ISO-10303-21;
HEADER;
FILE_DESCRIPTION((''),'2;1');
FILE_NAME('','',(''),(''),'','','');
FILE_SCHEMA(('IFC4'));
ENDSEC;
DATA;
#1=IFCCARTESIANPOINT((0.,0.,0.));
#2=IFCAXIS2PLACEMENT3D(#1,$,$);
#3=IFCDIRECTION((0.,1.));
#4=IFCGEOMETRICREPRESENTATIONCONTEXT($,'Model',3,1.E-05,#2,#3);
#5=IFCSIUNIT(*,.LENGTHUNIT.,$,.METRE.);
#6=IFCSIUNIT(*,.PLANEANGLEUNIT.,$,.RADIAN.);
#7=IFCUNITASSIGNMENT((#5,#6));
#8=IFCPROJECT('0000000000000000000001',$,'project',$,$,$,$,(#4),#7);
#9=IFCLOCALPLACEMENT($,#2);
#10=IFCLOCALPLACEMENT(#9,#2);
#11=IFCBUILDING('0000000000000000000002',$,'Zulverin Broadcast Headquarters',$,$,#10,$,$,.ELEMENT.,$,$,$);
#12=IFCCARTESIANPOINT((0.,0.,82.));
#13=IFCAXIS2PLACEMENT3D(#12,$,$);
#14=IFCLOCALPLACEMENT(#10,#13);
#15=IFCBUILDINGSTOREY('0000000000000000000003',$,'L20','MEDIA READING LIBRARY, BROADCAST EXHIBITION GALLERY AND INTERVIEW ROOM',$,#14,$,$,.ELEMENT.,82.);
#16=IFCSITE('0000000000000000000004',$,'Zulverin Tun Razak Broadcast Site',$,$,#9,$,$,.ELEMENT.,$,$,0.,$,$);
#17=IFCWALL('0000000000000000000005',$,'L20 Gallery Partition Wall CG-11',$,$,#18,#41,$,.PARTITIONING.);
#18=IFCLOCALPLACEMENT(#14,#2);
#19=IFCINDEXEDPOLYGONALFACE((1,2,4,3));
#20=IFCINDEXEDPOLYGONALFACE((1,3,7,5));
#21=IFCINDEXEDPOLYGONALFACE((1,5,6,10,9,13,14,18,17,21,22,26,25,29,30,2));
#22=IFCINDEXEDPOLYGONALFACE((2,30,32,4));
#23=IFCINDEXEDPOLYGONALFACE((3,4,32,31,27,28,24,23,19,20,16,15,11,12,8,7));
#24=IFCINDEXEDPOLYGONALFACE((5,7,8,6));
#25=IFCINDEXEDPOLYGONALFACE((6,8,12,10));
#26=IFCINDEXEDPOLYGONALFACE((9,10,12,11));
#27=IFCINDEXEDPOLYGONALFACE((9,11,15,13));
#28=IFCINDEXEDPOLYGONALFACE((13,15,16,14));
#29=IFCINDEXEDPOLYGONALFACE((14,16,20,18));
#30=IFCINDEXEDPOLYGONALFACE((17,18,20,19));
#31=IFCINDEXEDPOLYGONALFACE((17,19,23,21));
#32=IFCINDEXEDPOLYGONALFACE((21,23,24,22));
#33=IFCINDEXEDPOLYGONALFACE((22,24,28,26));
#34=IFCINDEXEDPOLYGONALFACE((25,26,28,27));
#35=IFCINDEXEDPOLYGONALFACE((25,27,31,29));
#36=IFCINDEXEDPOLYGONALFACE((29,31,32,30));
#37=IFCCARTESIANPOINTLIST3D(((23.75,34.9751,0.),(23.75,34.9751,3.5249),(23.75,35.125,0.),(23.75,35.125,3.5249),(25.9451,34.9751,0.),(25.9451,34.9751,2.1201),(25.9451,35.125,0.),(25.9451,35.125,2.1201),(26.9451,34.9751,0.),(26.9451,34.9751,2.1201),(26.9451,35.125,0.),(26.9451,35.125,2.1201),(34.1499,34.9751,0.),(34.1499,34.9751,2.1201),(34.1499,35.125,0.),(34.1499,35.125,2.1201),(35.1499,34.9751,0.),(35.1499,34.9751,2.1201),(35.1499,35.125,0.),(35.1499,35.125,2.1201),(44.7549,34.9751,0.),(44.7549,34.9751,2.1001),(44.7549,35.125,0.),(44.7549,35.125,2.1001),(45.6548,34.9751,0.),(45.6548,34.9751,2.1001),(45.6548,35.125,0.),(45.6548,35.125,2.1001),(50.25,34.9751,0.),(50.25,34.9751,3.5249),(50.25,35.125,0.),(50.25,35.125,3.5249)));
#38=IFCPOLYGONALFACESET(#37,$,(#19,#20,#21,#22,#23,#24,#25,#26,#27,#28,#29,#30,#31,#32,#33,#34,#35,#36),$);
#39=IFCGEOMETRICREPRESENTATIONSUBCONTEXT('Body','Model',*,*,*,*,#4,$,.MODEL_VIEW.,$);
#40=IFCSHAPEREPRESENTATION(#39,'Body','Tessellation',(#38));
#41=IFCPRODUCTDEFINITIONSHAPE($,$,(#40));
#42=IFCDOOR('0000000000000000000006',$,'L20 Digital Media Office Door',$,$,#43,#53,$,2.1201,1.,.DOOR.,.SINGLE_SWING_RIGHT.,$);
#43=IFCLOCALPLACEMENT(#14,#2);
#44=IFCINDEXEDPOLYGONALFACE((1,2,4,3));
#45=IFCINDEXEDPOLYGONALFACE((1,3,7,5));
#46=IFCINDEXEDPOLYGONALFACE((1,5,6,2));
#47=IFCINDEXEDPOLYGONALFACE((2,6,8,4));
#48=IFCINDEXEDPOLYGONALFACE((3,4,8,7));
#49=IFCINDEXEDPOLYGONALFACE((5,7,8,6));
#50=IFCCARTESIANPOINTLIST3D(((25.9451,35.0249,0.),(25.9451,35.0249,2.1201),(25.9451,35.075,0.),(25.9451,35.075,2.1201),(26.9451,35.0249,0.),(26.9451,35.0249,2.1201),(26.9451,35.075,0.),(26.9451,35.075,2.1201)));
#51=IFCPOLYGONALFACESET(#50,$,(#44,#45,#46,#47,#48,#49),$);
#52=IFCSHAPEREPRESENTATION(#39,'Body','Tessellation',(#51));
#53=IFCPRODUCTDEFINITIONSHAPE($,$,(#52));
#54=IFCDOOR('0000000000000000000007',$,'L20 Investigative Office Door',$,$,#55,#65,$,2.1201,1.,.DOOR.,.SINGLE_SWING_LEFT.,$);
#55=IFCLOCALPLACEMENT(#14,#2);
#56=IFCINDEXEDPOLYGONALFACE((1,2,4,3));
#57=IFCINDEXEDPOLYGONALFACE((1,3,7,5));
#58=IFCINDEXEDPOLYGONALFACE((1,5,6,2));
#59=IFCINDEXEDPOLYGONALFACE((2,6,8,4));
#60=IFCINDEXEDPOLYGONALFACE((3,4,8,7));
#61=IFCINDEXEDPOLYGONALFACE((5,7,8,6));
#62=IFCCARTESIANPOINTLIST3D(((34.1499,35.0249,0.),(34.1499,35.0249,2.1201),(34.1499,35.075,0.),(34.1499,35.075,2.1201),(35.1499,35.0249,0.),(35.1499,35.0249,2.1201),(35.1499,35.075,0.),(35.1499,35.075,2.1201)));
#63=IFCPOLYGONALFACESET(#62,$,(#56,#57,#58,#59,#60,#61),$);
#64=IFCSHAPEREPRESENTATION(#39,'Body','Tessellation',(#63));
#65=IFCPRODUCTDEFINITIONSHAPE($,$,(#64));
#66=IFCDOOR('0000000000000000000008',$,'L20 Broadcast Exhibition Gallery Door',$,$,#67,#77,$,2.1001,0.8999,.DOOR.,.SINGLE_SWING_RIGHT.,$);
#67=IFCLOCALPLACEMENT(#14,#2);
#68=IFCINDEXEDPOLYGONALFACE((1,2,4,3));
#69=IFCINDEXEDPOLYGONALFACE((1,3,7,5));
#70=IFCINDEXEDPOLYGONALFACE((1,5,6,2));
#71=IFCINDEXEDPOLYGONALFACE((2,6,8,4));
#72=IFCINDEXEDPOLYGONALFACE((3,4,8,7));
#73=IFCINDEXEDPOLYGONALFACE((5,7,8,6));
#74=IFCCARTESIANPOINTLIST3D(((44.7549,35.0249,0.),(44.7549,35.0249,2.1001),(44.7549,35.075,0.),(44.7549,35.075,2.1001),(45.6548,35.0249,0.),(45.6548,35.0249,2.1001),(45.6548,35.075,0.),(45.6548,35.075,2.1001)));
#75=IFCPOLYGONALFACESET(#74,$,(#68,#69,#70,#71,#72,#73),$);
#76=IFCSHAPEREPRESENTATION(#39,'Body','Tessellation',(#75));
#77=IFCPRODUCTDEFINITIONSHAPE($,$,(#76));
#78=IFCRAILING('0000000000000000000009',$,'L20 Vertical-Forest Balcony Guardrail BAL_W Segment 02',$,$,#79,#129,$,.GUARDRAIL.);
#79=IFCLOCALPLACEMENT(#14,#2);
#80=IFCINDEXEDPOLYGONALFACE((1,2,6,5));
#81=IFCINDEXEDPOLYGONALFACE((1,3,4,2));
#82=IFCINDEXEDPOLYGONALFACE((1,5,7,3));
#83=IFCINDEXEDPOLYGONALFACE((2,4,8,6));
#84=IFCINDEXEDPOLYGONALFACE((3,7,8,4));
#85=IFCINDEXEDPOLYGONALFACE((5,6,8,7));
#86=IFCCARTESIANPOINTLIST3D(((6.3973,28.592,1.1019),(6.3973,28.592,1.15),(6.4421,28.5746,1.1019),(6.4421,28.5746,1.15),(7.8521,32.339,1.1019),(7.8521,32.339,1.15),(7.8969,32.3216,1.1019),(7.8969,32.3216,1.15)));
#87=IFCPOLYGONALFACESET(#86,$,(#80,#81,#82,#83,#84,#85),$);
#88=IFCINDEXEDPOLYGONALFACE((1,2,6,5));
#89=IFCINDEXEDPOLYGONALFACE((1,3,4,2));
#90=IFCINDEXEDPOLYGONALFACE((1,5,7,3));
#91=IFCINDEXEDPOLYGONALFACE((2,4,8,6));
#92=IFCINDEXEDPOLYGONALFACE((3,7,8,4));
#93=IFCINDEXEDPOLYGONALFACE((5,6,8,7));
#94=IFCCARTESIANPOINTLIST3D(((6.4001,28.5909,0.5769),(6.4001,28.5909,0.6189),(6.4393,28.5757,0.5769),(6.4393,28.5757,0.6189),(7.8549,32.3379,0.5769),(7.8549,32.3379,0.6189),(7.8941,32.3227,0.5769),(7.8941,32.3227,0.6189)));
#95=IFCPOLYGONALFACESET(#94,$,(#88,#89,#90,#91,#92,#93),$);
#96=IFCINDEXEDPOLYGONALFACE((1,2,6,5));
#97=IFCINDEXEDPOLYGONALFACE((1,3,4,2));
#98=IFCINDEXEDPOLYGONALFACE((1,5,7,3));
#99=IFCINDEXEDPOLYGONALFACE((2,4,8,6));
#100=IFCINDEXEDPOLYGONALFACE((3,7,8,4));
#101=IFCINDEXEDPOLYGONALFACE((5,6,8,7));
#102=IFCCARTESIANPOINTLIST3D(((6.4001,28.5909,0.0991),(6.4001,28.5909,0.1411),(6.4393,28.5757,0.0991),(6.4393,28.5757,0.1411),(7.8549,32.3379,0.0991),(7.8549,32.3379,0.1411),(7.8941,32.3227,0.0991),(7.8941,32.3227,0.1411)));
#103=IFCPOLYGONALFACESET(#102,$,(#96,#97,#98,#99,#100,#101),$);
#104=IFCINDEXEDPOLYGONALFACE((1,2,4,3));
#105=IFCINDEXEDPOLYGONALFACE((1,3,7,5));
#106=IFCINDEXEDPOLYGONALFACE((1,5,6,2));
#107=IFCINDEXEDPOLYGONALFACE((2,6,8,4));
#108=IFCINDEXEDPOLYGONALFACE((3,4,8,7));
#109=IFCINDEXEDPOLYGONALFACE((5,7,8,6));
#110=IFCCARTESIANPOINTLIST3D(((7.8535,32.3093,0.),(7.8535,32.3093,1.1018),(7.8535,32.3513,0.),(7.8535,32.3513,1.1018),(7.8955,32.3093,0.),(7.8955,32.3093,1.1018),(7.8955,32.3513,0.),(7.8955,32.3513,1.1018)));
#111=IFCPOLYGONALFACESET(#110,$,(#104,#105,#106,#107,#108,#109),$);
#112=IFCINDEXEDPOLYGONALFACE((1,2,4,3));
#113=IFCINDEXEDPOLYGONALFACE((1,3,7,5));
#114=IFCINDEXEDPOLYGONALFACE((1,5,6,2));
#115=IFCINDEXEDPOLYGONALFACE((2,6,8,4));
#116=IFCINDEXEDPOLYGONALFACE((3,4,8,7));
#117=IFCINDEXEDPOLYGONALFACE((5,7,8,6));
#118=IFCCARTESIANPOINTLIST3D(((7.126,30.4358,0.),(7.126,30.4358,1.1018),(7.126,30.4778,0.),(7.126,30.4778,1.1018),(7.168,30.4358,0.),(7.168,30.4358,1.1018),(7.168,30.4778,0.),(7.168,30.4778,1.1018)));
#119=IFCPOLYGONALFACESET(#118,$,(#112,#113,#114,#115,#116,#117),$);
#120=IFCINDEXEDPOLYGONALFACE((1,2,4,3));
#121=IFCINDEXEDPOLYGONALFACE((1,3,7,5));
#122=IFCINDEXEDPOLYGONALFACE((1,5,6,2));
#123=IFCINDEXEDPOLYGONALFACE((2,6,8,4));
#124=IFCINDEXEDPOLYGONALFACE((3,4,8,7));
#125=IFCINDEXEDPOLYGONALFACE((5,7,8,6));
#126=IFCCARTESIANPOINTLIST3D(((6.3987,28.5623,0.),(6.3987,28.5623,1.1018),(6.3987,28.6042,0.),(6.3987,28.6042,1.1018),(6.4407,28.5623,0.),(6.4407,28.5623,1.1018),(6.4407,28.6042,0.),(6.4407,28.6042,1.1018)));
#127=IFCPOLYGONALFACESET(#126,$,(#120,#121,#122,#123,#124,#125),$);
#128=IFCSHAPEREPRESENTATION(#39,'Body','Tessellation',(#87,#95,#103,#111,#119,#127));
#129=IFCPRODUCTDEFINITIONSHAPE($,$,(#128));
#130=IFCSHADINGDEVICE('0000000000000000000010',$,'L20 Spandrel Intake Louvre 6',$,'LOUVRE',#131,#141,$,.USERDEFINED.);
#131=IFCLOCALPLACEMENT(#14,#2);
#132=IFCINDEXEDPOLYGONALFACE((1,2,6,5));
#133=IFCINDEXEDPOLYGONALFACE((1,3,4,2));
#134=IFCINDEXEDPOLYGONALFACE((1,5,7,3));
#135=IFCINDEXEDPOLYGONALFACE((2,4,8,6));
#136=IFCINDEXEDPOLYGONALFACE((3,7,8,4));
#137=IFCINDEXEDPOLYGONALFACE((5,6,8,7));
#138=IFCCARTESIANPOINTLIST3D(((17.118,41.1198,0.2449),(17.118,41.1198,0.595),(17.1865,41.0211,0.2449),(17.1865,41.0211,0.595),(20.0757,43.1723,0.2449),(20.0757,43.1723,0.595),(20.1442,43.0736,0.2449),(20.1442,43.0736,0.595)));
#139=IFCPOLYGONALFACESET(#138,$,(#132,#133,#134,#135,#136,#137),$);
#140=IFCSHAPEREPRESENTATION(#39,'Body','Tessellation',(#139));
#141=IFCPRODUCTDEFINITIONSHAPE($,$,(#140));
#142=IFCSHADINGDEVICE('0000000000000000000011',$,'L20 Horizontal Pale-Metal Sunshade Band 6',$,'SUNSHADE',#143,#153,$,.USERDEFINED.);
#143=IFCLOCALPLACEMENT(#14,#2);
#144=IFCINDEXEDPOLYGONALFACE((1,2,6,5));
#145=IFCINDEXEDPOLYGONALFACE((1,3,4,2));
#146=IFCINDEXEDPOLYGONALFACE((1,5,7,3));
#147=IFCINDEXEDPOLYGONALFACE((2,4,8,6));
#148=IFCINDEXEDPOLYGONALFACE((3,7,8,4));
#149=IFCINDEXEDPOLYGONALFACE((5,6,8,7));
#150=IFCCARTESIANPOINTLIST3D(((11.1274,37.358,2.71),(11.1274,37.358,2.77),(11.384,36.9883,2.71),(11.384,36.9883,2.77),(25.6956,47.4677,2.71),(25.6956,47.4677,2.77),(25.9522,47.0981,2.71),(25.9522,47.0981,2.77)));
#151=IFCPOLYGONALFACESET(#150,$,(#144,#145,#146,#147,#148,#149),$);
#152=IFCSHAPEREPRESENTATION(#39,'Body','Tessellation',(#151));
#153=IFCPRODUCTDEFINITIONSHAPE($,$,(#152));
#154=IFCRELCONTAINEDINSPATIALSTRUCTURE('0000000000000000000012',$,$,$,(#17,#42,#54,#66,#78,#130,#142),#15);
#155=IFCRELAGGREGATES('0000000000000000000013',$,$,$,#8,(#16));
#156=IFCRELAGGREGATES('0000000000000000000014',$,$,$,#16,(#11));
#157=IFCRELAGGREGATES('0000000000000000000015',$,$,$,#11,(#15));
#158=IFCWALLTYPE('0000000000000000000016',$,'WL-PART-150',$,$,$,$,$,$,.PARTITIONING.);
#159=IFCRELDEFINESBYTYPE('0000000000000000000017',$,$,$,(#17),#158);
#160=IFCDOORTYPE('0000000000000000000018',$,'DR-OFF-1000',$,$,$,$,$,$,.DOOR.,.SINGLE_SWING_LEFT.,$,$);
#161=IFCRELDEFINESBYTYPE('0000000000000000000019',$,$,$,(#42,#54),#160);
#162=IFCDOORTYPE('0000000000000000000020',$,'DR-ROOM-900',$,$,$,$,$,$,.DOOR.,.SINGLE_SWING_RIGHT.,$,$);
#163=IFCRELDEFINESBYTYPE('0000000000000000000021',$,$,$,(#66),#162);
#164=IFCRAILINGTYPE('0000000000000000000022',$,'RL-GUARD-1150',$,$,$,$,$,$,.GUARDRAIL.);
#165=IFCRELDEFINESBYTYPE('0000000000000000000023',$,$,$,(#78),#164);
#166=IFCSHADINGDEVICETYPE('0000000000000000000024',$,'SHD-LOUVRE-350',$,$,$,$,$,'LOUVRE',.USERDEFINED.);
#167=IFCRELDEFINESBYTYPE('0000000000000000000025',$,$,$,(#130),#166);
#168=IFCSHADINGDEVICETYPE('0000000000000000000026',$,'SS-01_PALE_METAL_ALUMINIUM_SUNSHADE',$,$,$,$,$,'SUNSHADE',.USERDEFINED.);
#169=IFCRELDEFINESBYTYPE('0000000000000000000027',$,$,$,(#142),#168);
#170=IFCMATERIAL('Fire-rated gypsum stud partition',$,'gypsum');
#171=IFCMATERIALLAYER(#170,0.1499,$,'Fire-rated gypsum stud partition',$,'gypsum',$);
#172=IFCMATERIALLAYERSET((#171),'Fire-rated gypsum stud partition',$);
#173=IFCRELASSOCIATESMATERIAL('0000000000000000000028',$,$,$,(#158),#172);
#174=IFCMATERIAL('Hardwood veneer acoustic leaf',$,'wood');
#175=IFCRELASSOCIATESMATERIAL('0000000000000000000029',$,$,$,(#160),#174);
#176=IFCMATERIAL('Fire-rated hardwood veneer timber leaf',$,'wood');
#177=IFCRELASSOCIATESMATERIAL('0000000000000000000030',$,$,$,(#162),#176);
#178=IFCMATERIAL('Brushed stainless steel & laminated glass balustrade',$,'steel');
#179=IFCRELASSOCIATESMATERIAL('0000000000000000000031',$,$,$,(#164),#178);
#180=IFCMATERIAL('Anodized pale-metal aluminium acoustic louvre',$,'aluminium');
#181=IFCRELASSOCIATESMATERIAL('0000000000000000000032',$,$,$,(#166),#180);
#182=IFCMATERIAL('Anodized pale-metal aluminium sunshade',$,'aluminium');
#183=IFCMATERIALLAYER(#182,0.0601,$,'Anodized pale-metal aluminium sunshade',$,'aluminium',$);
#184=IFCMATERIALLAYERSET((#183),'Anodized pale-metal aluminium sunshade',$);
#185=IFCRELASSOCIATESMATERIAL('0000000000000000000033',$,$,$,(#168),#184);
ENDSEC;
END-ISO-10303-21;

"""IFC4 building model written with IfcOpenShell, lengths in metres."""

from ifc_helpers import new_model, si_unit, direction, frame, frame_2d, origin, origin_2d, place, context, subcontext, project, spatial, rectangle, extrude, material, layer, layer_set, type_object, element, fill, save


model = new_model("IFC4")

# Units and contexts
model_context = context("Model", 3, precision=1e-05, world=origin(), true_north=direction((0.0, 1.0)))
body_context = subcontext(model_context, "Body", "Model", "MODEL_VIEW")
ifc_project = project(units=[si_unit("LENGTHUNIT", "METRE"), si_unit("PLANEANGLEUNIT", "RADIAN")], contexts=[model_context])

# Site, building, storey
site_placement = place(None, origin())
site = spatial("IfcSite", under=ifc_project, at=site_placement, Name="Zulverin Tun Razak Broadcast Site", CompositionType="ELEMENT", RefElevation=0.0)
building_placement = place(site_placement, origin())
building = spatial("IfcBuilding", under=site, at=building_placement, Name="Zulverin Broadcast Headquarters", CompositionType="ELEMENT")
storey_placement = place(building_placement, frame((0.0, 0.0, 82.0)))
storey = spatial("IfcBuildingStorey", under=building, at=storey_placement, Name="L20", Description="MEDIA READING LIBRARY, BROADCAST EXHIBITION GALLERY AND INTERVIEW ROOM", CompositionType="ELEMENT", Elevation=82.0)

# Wall, openings, doors
ifc_material_1 = material(Name="Fire-rated gypsum stud partition", Category="gypsum")
ifc_layer_1 = layer(ifc_material_1, 0.1499, Name="Fire-rated gypsum stud partition", Category="gypsum")
ifc_layer_set_1 = layer_set([ifc_layer_1], Name="Fire-rated gypsum stud partition")
wall_type_1 = type_object("IfcWallType", Name="WL-PART-150", PredefinedType="PARTITIONING", material=ifc_layer_set_1)
wall_1_placement = place(storey_placement, frame((23.75, 35.05, 0.0), z_axis=(0.0, 0.0, 1.0), x_axis=(1.0, 0.0, 0.0)))
wall_1 = element("IfcWall", 1, at=wall_1_placement, inside=storey, type_object=wall_type_1, Name="L20 Gallery Partition Wall CG-11", PredefinedType="PARTITIONING", context=body_context, shape_type="SweptSolid", body=[
    extrude(rectangle(XDim=26.5, YDim=0.1499, at=frame_2d((13.25, 0.0))), origin(), (0.0, 0.0, 1.0), 3.5249),
])
opening_1_placement = place(wall_1_placement, frame((2.1951, 0.0, 0.0)))
opening_1 = element("IfcOpeningElement", 2, at=opening_1_placement, cuts=wall_1, PredefinedType="OPENING", context=body_context, shape_type="SweptSolid", body=[
    extrude(rectangle(XDim=1.0, YDim=2.1201, at=frame_2d((0.5, 1.0601))), frame((0.0, 0.085, 0.0), z_axis=(0.0, -1.0, 0.0), x_axis=(1.0, 0.0, 0.0)), (0.0, 0.0, 1.0), 0.1699),
])
opening_2_placement = place(wall_1_placement, frame((10.3999, 0.0, 0.0)))
opening_2 = element("IfcOpeningElement", 3, at=opening_2_placement, cuts=wall_1, PredefinedType="OPENING", context=body_context, shape_type="SweptSolid", body=[
    extrude(rectangle(XDim=1.0, YDim=2.1201, at=frame_2d((0.5, 1.0601))), frame((0.0, 0.085, 0.0), z_axis=(0.0, -1.0, 0.0), x_axis=(1.0, 0.0, 0.0)), (0.0, 0.0, 1.0), 0.1699),
])
opening_3_placement = place(wall_1_placement, frame((21.0049, 0.0, 0.0)))
opening_3 = element("IfcOpeningElement", 4, at=opening_3_placement, cuts=wall_1, PredefinedType="OPENING", context=body_context, shape_type="SweptSolid", body=[
    extrude(rectangle(XDim=0.8999, YDim=2.1001, at=frame_2d((0.45, 1.05))), frame((0.0, 0.085, 0.0), z_axis=(0.0, -1.0, 0.0), x_axis=(1.0, 0.0, 0.0)), (0.0, 0.0, 1.0), 0.1699),
])
ifc_material_2 = material(Name="Hardwood veneer acoustic leaf", Category="wood")
door_type_1 = type_object("IfcDoorType", Name="DR-OFF-1000", OperationType="SINGLE_SWING_LEFT", PredefinedType="DOOR", material=ifc_material_2)
door_1_placement = place(opening_1_placement, origin())
door_1 = element("IfcDoor", 5, at=door_1_placement, inside=storey, type_object=door_type_1, Name="L20 Digital Media Office Door", OperationType="SINGLE_SWING_RIGHT", OverallHeight=2.1201, OverallWidth=1.0, PredefinedType="DOOR", context=body_context, shape_type="SweptSolid", body=[
    extrude(rectangle(XDim=1.0, YDim=2.1201, at=frame_2d((0.5, 1.0601))), frame((0.0, 0.0249, 0.0), z_axis=(0.0, -1.0, 0.0), x_axis=(1.0, 0.0, 0.0)), (0.0, 0.0, 1.0), 0.05),
])
fill(opening_1, door_1)
door_2_placement = place(opening_2_placement, origin())
door_2 = element("IfcDoor", 6, at=door_2_placement, inside=storey, type_object=door_type_1, Name="L20 Investigative Office Door", OperationType="SINGLE_SWING_LEFT", OverallHeight=2.1201, OverallWidth=1.0, PredefinedType="DOOR", context=body_context, shape_type="SweptSolid", body=[
    extrude(rectangle(XDim=1.0, YDim=2.1201, at=frame_2d((0.5, 1.0601))), frame((0.0, 0.0249, 0.0), z_axis=(0.0, -1.0, 0.0), x_axis=(1.0, 0.0, 0.0)), (0.0, 0.0, 1.0), 0.05),
])
fill(opening_2, door_2)
ifc_material_3 = material(Name="Fire-rated hardwood veneer timber leaf", Category="wood")
door_type_2 = type_object("IfcDoorType", Name="DR-ROOM-900", OperationType="SINGLE_SWING_RIGHT", PredefinedType="DOOR", material=ifc_material_3)
door_3_placement = place(opening_3_placement, origin())
door_3 = element("IfcDoor", 7, at=door_3_placement, inside=storey, type_object=door_type_2, Name="L20 Broadcast Exhibition Gallery Door", OperationType="SINGLE_SWING_RIGHT", OverallHeight=2.1001, OverallWidth=0.8999, PredefinedType="DOOR", context=body_context, shape_type="SweptSolid", body=[
    extrude(rectangle(XDim=0.8999, YDim=2.1001, at=frame_2d((0.45, 1.05))), frame((0.0, 0.0249, 0.0), z_axis=(0.0, -1.0, 0.0), x_axis=(1.0, 0.0, 0.0)), (0.0, 0.0, 1.0), 0.05),
])
fill(opening_3, door_3)

# Railing
ifc_material_4 = material(Name="Brushed stainless steel & laminated glass balustrade", Category="steel")
railing_type = type_object("IfcRailingType", Name="RL-GUARD-1150", PredefinedType="GUARDRAIL", material=ifc_material_4)
railing_placement = place(storey_placement, frame((7.8745, 32.3303, 0.0)))
element("IfcRailing", 8, at=railing_placement, inside=storey, type_object=railing_type, Name="L20 Vertical-Forest Balcony Guardrail BAL_W Segment 02", PredefinedType="GUARDRAIL", context=body_context, shape_type="SweptSolid", body=[
    extrude(rectangle(XDim=0.0481, YDim=0.0481, at=origin_2d()), frame((0.0, 0.0, 1.126), z_axis=(-0.361936, -0.932203, 0.0), x_axis=(0.932203, -0.361936, 0.0)), (0.0, 0.0, 1.0), 4.0195),
    extrude(rectangle(XDim=0.042, YDim=0.042, at=origin_2d()), frame((0.0, 0.0, 0.5979), z_axis=(-0.361936, -0.932203, 0.0), x_axis=(0.932203, -0.361936, 0.0)), (0.0, 0.0, 1.0), 4.0195),
    extrude(rectangle(XDim=0.042, YDim=0.042, at=origin_2d()), frame((0.0, 0.0, 0.1201), z_axis=(-0.361936, -0.932203, 0.0), x_axis=(0.932203, -0.361936, 0.0)), (0.0, 0.0, 1.0), 4.0195),
    extrude(rectangle(XDim=0.042, YDim=0.042, at=origin_2d()), origin(), (0.0, 0.0, 1.0), 1.1018),
    extrude(rectangle(XDim=0.042, YDim=0.042, at=origin_2d()), frame((-0.7275, -1.8735, 0.0)), (0.0, 0.0, 1.0), 1.1018),
    extrude(rectangle(XDim=0.042, YDim=0.042, at=origin_2d()), frame((-1.4548, -3.7471, 0.0)), (0.0, 0.0, 1.0), 1.1018),
])

# Shading devices
ifc_material_5 = material(Name="Anodized pale-metal aluminium acoustic louvre", Category="aluminium")
shading_device_type_1 = type_object("IfcShadingDeviceType", Name="SHD-LOUVRE-350", ElementType="LOUVRE", PredefinedType="USERDEFINED", material=ifc_material_5)
shading_device_1_placement = place(storey_placement, frame((18.6311, 42.0967, 0.2449), z_axis=(0.0, 0.0, 1.0), x_axis=(-0.821556, -0.570127, 0.0)))
element("IfcShadingDevice", 9, at=shading_device_1_placement, inside=storey, type_object=shading_device_type_1, Name="L20 Spandrel Intake Louvre 6", ObjectType="LOUVRE", PredefinedType="USERDEFINED", context=body_context, shape_type="SweptSolid", body=[
    extrude(rectangle(XDim=3.6001, YDim=0.1201, at=origin_2d()), origin(), (0.0, 0.0, 1.0), 0.3501),
])
ifc_material_6 = material(Name="Anodized pale-metal aluminium sunshade", Category="aluminium")
ifc_layer_2 = layer(ifc_material_6, 0.0601, Name="Anodized pale-metal aluminium sunshade", Category="aluminium")
ifc_layer_set_2 = layer_set([ifc_layer_2], Name="Anodized pale-metal aluminium sunshade")
shading_device_type_2 = type_object("IfcShadingDeviceType", Name="SS-01_PALE_METAL_ALUMINIUM_SUNSHADE", ElementType="SUNSHADE", PredefinedType="USERDEFINED", material=ifc_layer_set_2)
shading_device_2_placement = place(storey_placement, frame((18.5398, 42.228, 2.71), z_axis=(0.0, 0.0, 1.0), x_axis=(-0.821556, -0.570127, 0.0)))
element("IfcShadingDevice", 10, at=shading_device_2_placement, inside=storey, type_object=shading_device_type_2, Name="L20 Horizontal Pale-Metal Sunshade Band 6", ObjectType="SUNSHADE", PredefinedType="USERDEFINED", context=body_context, shape_type="SweptSolid", body=[
    extrude(rectangle(XDim=17.7324, YDim=0.45, at=origin_2d()), origin(), (0.0, 0.0, 1.0), 0.0601),
])

save(model, "model.ifc")
